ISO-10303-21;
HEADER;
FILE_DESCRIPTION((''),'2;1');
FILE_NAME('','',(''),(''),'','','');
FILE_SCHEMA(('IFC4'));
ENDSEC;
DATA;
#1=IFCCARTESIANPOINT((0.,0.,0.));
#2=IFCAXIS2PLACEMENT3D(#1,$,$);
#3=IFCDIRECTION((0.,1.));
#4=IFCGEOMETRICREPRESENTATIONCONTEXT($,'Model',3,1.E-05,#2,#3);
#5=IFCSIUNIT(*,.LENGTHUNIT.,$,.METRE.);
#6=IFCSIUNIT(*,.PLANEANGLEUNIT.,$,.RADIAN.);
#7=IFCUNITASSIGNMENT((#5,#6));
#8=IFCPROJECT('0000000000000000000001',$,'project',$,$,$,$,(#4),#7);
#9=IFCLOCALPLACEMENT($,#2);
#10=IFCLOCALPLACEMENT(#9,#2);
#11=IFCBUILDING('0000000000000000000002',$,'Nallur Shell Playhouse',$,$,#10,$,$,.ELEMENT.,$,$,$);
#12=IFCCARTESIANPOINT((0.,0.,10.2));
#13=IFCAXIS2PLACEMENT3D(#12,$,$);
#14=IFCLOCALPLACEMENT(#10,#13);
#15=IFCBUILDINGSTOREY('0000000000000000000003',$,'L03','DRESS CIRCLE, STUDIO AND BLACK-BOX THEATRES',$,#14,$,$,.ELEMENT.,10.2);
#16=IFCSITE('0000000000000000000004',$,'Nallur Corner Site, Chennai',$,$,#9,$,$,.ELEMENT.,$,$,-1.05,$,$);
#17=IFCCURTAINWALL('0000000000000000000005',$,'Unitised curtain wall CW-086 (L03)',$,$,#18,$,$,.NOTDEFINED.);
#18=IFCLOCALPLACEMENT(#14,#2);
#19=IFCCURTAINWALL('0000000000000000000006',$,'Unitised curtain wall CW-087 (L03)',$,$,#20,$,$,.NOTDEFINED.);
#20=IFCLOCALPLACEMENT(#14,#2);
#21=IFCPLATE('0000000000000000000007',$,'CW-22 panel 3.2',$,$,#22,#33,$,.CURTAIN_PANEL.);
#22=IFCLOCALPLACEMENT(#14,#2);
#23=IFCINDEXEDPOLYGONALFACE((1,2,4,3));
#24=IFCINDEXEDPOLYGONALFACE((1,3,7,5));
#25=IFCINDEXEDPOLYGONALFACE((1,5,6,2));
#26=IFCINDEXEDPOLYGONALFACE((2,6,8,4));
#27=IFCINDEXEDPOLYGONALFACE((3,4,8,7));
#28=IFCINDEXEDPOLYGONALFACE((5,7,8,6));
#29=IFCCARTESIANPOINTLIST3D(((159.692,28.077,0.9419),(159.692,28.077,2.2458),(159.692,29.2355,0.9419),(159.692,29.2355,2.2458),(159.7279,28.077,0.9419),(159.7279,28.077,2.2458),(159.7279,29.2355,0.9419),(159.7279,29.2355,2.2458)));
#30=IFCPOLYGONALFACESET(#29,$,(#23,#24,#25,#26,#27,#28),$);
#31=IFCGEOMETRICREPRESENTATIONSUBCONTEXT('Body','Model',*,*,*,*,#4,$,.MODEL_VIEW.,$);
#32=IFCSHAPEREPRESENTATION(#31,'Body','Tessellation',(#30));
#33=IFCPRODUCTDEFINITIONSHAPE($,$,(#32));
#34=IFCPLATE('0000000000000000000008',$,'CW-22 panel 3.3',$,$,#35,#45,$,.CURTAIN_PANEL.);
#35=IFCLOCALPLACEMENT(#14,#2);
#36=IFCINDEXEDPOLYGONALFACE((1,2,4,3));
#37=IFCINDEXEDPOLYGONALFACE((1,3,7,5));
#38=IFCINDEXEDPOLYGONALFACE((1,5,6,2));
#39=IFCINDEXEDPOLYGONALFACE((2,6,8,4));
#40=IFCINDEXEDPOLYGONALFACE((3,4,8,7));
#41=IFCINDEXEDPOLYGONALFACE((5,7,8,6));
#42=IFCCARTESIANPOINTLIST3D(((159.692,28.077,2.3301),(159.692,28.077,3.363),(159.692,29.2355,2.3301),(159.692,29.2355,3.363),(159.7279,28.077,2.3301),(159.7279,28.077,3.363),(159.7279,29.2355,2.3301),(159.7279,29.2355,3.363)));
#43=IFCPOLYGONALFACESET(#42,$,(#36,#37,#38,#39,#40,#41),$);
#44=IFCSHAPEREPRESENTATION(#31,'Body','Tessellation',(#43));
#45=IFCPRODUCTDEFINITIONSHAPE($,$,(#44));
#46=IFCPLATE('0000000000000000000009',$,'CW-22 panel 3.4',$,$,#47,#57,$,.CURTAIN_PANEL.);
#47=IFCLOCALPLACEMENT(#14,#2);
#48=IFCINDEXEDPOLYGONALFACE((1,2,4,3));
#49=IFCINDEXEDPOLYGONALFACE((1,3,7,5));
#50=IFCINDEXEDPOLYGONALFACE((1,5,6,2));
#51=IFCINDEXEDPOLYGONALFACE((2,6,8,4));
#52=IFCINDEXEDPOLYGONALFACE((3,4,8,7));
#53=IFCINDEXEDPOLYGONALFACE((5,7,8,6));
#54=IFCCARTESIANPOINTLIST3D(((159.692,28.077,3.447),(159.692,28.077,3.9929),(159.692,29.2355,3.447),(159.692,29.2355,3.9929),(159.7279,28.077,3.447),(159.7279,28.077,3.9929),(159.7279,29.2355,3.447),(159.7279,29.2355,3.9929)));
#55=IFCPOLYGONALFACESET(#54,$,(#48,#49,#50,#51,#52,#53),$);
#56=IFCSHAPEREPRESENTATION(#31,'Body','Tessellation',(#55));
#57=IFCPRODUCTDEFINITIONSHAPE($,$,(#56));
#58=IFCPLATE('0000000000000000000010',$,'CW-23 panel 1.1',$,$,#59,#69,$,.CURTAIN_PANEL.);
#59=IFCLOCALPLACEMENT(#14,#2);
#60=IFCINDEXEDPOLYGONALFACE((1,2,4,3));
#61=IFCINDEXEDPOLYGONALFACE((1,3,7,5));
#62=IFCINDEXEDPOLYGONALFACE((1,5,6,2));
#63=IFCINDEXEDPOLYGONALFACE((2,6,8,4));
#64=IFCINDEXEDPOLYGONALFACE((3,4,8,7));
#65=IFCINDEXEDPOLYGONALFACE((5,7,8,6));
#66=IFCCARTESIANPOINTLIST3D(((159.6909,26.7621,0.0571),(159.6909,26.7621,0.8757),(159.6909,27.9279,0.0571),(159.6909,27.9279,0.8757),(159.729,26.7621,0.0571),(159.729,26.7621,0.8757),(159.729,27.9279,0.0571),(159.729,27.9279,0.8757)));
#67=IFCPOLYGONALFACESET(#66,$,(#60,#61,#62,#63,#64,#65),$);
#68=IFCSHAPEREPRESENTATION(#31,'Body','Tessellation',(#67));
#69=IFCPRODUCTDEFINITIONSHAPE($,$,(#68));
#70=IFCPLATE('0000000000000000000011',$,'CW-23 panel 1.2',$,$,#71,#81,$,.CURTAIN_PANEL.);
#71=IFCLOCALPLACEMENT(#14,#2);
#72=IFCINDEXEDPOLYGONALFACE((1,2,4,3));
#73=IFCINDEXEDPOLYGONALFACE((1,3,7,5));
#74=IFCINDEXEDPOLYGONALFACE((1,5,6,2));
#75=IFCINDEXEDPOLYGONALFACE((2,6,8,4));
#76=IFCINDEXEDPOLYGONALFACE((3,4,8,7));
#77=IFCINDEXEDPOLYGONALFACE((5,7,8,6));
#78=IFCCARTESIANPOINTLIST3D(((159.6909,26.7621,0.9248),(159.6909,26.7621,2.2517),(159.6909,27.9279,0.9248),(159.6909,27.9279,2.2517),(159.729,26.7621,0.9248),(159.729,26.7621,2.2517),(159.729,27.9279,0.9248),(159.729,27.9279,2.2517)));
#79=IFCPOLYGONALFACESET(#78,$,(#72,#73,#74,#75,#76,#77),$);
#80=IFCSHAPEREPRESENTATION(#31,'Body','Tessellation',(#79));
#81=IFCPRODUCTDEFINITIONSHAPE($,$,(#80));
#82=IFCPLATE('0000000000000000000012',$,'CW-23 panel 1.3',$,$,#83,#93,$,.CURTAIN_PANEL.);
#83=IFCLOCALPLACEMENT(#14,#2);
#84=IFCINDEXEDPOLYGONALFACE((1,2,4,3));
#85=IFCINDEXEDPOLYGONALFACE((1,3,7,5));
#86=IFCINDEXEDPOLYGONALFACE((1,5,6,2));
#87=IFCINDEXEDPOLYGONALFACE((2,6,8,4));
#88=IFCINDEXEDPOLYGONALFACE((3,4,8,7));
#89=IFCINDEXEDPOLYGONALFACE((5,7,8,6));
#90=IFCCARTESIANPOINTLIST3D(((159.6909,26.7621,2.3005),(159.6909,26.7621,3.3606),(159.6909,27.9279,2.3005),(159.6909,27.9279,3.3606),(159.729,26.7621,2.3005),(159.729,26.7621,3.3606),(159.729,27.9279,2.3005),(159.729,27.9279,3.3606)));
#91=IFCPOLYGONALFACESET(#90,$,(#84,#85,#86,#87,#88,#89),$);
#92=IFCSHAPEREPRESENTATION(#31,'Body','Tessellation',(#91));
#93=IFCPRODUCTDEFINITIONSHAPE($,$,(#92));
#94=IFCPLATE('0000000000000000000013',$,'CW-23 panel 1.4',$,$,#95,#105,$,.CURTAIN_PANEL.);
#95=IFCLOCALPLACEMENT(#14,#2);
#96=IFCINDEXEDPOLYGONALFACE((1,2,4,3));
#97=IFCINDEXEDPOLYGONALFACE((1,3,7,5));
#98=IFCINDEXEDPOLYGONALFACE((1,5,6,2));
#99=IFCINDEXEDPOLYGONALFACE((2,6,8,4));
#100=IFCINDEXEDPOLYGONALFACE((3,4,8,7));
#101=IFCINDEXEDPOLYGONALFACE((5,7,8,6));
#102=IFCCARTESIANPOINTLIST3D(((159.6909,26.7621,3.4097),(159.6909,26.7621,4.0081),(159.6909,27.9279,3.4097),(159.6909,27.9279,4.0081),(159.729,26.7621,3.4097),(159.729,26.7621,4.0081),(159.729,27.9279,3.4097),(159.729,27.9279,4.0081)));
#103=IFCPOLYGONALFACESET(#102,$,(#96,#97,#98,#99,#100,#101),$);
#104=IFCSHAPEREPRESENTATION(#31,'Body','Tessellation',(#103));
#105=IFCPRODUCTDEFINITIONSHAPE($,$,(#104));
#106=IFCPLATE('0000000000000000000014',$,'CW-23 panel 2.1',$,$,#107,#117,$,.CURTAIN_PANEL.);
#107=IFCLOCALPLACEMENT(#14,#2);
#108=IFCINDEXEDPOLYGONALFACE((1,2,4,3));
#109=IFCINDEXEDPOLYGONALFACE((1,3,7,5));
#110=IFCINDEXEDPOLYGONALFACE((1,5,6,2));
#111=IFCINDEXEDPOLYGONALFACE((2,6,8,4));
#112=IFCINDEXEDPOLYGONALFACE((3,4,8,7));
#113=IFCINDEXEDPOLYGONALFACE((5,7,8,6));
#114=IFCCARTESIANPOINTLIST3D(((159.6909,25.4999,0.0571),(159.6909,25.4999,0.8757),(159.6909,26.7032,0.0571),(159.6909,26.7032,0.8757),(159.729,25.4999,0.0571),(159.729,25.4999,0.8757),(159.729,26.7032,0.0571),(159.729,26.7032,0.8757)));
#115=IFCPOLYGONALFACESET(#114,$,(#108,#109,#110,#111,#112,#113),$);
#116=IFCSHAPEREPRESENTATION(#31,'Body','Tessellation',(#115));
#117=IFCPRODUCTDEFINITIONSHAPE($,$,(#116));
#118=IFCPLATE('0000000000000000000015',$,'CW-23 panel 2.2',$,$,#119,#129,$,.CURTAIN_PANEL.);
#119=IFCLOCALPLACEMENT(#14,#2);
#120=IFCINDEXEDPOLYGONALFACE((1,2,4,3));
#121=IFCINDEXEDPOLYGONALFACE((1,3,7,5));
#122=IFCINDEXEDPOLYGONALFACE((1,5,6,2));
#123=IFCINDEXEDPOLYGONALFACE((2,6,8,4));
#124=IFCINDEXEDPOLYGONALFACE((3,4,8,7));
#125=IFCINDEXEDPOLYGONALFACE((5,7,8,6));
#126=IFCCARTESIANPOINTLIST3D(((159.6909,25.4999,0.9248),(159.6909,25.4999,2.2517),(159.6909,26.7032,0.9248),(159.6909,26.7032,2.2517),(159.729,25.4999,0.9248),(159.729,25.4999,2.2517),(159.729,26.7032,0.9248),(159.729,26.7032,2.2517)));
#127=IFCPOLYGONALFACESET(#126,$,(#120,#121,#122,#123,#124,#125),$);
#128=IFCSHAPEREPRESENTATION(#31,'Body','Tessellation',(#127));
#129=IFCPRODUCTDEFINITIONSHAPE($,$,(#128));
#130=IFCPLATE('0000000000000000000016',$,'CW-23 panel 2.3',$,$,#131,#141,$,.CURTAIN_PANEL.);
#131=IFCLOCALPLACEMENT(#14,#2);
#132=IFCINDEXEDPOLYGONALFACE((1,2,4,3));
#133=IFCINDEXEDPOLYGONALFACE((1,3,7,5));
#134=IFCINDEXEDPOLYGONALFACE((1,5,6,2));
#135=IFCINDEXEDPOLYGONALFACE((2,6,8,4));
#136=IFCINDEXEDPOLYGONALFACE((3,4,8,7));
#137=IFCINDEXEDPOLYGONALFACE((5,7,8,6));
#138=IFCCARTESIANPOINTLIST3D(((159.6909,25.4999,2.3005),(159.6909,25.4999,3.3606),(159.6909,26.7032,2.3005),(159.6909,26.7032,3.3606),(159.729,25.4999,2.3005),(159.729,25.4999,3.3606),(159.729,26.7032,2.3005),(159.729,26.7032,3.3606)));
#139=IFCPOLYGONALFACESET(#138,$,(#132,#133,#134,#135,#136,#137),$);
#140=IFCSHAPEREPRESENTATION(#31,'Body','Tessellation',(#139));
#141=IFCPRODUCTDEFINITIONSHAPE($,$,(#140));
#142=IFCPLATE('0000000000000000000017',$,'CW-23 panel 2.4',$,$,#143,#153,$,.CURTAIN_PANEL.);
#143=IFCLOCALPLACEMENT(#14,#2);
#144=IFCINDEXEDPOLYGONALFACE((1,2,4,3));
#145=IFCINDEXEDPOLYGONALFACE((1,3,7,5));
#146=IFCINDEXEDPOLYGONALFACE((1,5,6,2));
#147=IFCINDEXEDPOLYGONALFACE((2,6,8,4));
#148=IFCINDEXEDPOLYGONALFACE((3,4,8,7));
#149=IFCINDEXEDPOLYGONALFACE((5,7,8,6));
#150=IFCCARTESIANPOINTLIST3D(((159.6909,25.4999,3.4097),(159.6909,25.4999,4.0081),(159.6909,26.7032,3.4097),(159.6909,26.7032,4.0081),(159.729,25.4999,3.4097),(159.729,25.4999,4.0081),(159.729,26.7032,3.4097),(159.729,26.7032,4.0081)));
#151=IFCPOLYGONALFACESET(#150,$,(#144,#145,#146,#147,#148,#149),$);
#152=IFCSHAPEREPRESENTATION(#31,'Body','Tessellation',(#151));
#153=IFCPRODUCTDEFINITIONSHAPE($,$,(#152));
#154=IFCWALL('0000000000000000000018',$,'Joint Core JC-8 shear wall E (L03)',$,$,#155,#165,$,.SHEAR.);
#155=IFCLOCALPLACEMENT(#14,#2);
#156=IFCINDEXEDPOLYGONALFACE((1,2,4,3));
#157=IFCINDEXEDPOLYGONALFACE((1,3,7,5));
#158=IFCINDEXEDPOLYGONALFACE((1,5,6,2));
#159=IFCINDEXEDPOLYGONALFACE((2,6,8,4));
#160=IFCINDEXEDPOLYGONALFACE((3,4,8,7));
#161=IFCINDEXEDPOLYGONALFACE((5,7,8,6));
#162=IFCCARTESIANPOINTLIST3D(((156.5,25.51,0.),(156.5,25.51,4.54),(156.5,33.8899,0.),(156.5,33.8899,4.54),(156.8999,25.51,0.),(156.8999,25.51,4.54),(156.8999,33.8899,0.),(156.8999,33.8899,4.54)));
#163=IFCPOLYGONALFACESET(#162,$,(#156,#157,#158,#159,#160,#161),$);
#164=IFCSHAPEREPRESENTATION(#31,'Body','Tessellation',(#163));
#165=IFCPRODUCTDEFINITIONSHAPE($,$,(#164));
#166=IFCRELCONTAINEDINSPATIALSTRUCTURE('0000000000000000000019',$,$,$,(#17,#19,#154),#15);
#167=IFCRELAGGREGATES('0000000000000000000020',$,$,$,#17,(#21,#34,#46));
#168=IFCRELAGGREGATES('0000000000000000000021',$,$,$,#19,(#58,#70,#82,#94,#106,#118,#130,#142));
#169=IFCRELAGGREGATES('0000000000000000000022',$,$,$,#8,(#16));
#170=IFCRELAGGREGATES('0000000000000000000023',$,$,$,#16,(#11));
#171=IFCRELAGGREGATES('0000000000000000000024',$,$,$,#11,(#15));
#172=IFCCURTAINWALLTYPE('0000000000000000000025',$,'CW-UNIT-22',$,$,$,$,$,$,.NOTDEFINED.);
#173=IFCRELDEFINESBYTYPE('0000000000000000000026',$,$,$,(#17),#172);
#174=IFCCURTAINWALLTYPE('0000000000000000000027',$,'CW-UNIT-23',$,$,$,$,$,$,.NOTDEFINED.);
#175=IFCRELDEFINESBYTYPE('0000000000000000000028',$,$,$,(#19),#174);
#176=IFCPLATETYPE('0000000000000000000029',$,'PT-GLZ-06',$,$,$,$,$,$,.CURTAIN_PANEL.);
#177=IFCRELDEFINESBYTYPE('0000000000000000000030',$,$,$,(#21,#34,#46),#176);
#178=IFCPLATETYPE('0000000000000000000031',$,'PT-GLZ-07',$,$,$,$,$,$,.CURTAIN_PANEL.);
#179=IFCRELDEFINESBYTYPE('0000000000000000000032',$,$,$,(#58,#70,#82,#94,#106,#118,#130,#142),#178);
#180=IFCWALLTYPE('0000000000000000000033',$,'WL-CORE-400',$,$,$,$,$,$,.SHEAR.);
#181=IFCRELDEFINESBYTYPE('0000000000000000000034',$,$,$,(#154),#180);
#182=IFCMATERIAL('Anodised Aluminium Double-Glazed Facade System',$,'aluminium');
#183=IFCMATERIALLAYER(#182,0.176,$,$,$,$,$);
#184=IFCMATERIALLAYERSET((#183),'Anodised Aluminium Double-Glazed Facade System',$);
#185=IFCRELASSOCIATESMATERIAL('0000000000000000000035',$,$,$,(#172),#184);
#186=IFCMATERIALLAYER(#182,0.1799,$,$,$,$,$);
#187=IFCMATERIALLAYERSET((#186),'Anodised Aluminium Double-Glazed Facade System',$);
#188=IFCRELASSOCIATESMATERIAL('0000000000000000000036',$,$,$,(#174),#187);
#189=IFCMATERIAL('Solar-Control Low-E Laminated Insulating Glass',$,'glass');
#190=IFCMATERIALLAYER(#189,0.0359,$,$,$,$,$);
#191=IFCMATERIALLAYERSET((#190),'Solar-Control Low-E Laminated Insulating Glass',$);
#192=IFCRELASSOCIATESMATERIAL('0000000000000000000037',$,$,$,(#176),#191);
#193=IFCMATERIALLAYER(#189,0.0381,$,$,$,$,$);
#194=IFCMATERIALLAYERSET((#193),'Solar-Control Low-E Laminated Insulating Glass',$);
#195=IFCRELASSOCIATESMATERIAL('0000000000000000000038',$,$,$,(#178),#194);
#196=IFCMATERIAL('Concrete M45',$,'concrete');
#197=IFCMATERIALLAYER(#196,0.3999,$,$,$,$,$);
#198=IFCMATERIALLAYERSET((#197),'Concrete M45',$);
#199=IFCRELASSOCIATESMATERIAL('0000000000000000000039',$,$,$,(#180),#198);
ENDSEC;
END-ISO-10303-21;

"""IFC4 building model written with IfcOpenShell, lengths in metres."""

from ifc_helpers import new_model, si_unit, direction, frame, frame_2d, origin, origin_2d, place, context, subcontext, project, spatial, rectangle, extrude, material, layer, layer_set, type_object, element, aggregate, save


model = new_model("IFC4")

# Units and contexts
model_context = context("Model", 3, precision=1e-05, world=origin(), true_north=direction((0.0, 1.0)))
body_context = subcontext(model_context, "Body", "Model", "MODEL_VIEW")
ifc_project = project(units=[si_unit("LENGTHUNIT", "METRE"), si_unit("PLANEANGLEUNIT", "RADIAN")], contexts=[model_context])

# Site, building, storey
site_placement = place(None, origin())
site = spatial("IfcSite", under=ifc_project, at=site_placement, Name="Nallur Corner Site, Chennai", CompositionType="ELEMENT", RefElevation=-1.05)
building_placement = place(site_placement, origin())
building = spatial("IfcBuilding", under=site, at=building_placement, Name="Nallur Shell Playhouse", CompositionType="ELEMENT")
storey_placement = place(building_placement, frame((0.0, 0.0, 10.2)))
storey = spatial("IfcBuildingStorey", under=building, at=storey_placement, Name="L03", Description="DRESS CIRCLE, STUDIO AND BLACK-BOX THEATRES", CompositionType="ELEMENT", Elevation=10.2)

# Curtain walls
ifc_material_1 = material(Name="Anodised Aluminium Double-Glazed Facade System", Category="aluminium")
ifc_layer_1 = layer(ifc_material_1, 0.176)
ifc_layer_set_1 = layer_set([ifc_layer_1], Name="Anodised Aluminium Double-Glazed Facade System")
curtain_wall_type_1 = type_object("IfcCurtainWallType", Name="CW-UNIT-22", PredefinedType="NOTDEFINED", material=ifc_layer_set_1)
curtain_wall_1_placement = place(storey_placement, origin())
curtain_wall_1 = element("IfcCurtainWall", 1, at=curtain_wall_1_placement, inside=storey, type_object=curtain_wall_type_1, Name="Unitised curtain wall CW-086 (L03)", PredefinedType="NOTDEFINED")
ifc_layer_2 = layer(ifc_material_1, 0.1799)
ifc_layer_set_2 = layer_set([ifc_layer_2], Name="Anodised Aluminium Double-Glazed Facade System")
curtain_wall_type_2 = type_object("IfcCurtainWallType", Name="CW-UNIT-23", PredefinedType="NOTDEFINED", material=ifc_layer_set_2)
curtain_wall_2_placement = place(storey_placement, origin())
curtain_wall_2 = element("IfcCurtainWall", 2, at=curtain_wall_2_placement, inside=storey, type_object=curtain_wall_type_2, Name="Unitised curtain wall CW-087 (L03)", PredefinedType="NOTDEFINED")

# Plates
ifc_material_2 = material(Name="Solar-Control Low-E Laminated Insulating Glass", Category="glass")
ifc_layer_3 = layer(ifc_material_2, 0.0359)
ifc_layer_set_3 = layer_set([ifc_layer_3], Name="Solar-Control Low-E Laminated Insulating Glass")
plate_type_1 = type_object("IfcPlateType", Name="PT-GLZ-06", PredefinedType="CURTAIN_PANEL", material=ifc_layer_set_3)
plate_1_placement = place(storey_placement, frame((159.71, 28.6562, 0.9419), z_axis=(0.0, 0.0, 1.0), x_axis=(0.0, -1.0, 0.0)))
plate_1 = element("IfcPlate", 3, at=plate_1_placement, type_object=plate_type_1, Name="CW-22 panel 3.2", PredefinedType="CURTAIN_PANEL", context=body_context, shape_type="SweptSolid", body=[
    extrude(rectangle(XDim=1.1584, YDim=0.0359, at=origin_2d()), origin(), (0.0, 0.0, 1.0), 1.304),
])
plate_2_placement = place(storey_placement, frame((159.71, 28.6562, 2.3301), z_axis=(0.0, 0.0, 1.0), x_axis=(0.0, -1.0, 0.0)))
plate_2 = element("IfcPlate", 4, at=plate_2_placement, type_object=plate_type_1, Name="CW-22 panel 3.3", PredefinedType="CURTAIN_PANEL", context=body_context, shape_type="SweptSolid", body=[
    extrude(rectangle(XDim=1.1584, YDim=0.0359, at=origin_2d()), origin(), (0.0, 0.0, 1.0), 1.033),
])
plate_3_placement = place(storey_placement, frame((159.71, 28.6562, 3.447), z_axis=(0.0, 0.0, 1.0), x_axis=(0.0, -1.0, 0.0)))
plate_3 = element("IfcPlate", 5, at=plate_3_placement, type_object=plate_type_1, Name="CW-22 panel 3.4", PredefinedType="CURTAIN_PANEL", context=body_context, shape_type="SweptSolid", body=[
    extrude(rectangle(XDim=1.1584, YDim=0.0359, at=origin_2d()), origin(), (0.0, 0.0, 1.0), 0.5459),
])
aggregate(curtain_wall_1, [plate_1, plate_2, plate_3])
ifc_layer_4 = layer(ifc_material_2, 0.0381)
ifc_layer_set_4 = layer_set([ifc_layer_4], Name="Solar-Control Low-E Laminated Insulating Glass")
plate_type_2 = type_object("IfcPlateType", Name="PT-GLZ-07", PredefinedType="CURTAIN_PANEL", material=ifc_layer_set_4)
plate_4_placement = place(storey_placement, frame((159.71, 27.345, 0.0571), z_axis=(0.0, 0.0, 1.0), x_axis=(0.0, -1.0, 0.0)))
plate_4 = element("IfcPlate", 6, at=plate_4_placement, type_object=plate_type_2, Name="CW-23 panel 1.1", PredefinedType="CURTAIN_PANEL", context=body_context, shape_type="SweptSolid", body=[
    extrude(rectangle(XDim=1.1658, YDim=0.0381, at=origin_2d()), origin(), (0.0, 0.0, 1.0), 0.8186),
])
plate_5_placement = place(storey_placement, frame((159.71, 27.345, 0.9248), z_axis=(0.0, 0.0, 1.0), x_axis=(0.0, -1.0, 0.0)))
plate_5 = element("IfcPlate", 7, at=plate_5_placement, type_object=plate_type_2, Name="CW-23 panel 1.2", PredefinedType="CURTAIN_PANEL", context=body_context, shape_type="SweptSolid", body=[
    extrude(rectangle(XDim=1.1658, YDim=0.0381, at=origin_2d()), origin(), (0.0, 0.0, 1.0), 1.3269),
])
plate_6_placement = place(storey_placement, frame((159.71, 27.345, 2.3005), z_axis=(0.0, 0.0, 1.0), x_axis=(0.0, -1.0, 0.0)))
plate_6 = element("IfcPlate", 8, at=plate_6_placement, type_object=plate_type_2, Name="CW-23 panel 1.3", PredefinedType="CURTAIN_PANEL", context=body_context, shape_type="SweptSolid", body=[
    extrude(rectangle(XDim=1.1658, YDim=0.0381, at=origin_2d()), origin(), (0.0, 0.0, 1.0), 1.0601),
])
plate_7_placement = place(storey_placement, frame((159.71, 27.345, 3.4097), z_axis=(0.0, 0.0, 1.0), x_axis=(0.0, -1.0, 0.0)))
plate_7 = element("IfcPlate", 9, at=plate_7_placement, type_object=plate_type_2, Name="CW-23 panel 1.4", PredefinedType="CURTAIN_PANEL", context=body_context, shape_type="SweptSolid", body=[
    extrude(rectangle(XDim=1.1658, YDim=0.0381, at=origin_2d()), origin(), (0.0, 0.0, 1.0), 0.5984),
])
plate_8_placement = place(storey_placement, frame((159.71, 26.1016, 0.0571), z_axis=(0.0, 0.0, 1.0), x_axis=(0.0, -1.0, 0.0)))
plate_8 = element("IfcPlate", 10, at=plate_8_placement, type_object=plate_type_2, Name="CW-23 panel 2.1", PredefinedType="CURTAIN_PANEL", context=body_context, shape_type="SweptSolid", body=[
    extrude(rectangle(XDim=1.2034, YDim=0.0381, at=origin_2d()), origin(), (0.0, 0.0, 1.0), 0.8186),
])
plate_9_placement = place(storey_placement, frame((159.71, 26.1016, 0.9248), z_axis=(0.0, 0.0, 1.0), x_axis=(0.0, -1.0, 0.0)))
plate_9 = element("IfcPlate", 11, at=plate_9_placement, type_object=plate_type_2, Name="CW-23 panel 2.2", PredefinedType="CURTAIN_PANEL", context=body_context, shape_type="SweptSolid", body=[
    extrude(rectangle(XDim=1.2034, YDim=0.0381, at=origin_2d()), origin(), (0.0, 0.0, 1.0), 1.3269),
])
plate_10_placement = place(storey_placement, frame((159.71, 26.1016, 2.3005), z_axis=(0.0, 0.0, 1.0), x_axis=(0.0, -1.0, 0.0)))
plate_10 = element("IfcPlate", 12, at=plate_10_placement, type_object=plate_type_2, Name="CW-23 panel 2.3", PredefinedType="CURTAIN_PANEL", context=body_context, shape_type="SweptSolid", body=[
    extrude(rectangle(XDim=1.2034, YDim=0.0381, at=origin_2d()), origin(), (0.0, 0.0, 1.0), 1.0601),
])
plate_11_placement = place(storey_placement, frame((159.71, 26.1016, 3.4097), z_axis=(0.0, 0.0, 1.0), x_axis=(0.0, -1.0, 0.0)))
plate_11 = element("IfcPlate", 13, at=plate_11_placement, type_object=plate_type_2, Name="CW-23 panel 2.4", PredefinedType="CURTAIN_PANEL", context=body_context, shape_type="SweptSolid", body=[
    extrude(rectangle(XDim=1.2034, YDim=0.0381, at=origin_2d()), origin(), (0.0, 0.0, 1.0), 0.5984),
])
aggregate(curtain_wall_2, [plate_4, plate_5, plate_6, plate_7, plate_8, plate_9, plate_10, plate_11])

# Wall
ifc_material_3 = material(Name="Concrete M45", Category="concrete")
ifc_layer_5 = layer(ifc_material_3, 0.3999)
ifc_layer_set_5 = layer_set([ifc_layer_5], Name="Concrete M45")
wall_type = type_object("IfcWallType", Name="WL-CORE-400", PredefinedType="SHEAR", material=ifc_layer_set_5)
wall_placement = place(storey_placement, frame((156.7, 25.51, 0.0), z_axis=(0.0, 0.0, 1.0), x_axis=(0.0, 1.0, 0.0)))
element("IfcWall", 14, at=wall_placement, inside=storey, type_object=wall_type, Name="Joint Core JC-8 shear wall E (L03)", PredefinedType="SHEAR", context=body_context, shape_type="SweptSolid", body=[
    extrude(rectangle(XDim=8.3799, YDim=0.3999, at=frame_2d((4.1899, 0.0))), origin(), (0.0, 0.0, 1.0), 4.54),
])

save(model, "model.ifc")
